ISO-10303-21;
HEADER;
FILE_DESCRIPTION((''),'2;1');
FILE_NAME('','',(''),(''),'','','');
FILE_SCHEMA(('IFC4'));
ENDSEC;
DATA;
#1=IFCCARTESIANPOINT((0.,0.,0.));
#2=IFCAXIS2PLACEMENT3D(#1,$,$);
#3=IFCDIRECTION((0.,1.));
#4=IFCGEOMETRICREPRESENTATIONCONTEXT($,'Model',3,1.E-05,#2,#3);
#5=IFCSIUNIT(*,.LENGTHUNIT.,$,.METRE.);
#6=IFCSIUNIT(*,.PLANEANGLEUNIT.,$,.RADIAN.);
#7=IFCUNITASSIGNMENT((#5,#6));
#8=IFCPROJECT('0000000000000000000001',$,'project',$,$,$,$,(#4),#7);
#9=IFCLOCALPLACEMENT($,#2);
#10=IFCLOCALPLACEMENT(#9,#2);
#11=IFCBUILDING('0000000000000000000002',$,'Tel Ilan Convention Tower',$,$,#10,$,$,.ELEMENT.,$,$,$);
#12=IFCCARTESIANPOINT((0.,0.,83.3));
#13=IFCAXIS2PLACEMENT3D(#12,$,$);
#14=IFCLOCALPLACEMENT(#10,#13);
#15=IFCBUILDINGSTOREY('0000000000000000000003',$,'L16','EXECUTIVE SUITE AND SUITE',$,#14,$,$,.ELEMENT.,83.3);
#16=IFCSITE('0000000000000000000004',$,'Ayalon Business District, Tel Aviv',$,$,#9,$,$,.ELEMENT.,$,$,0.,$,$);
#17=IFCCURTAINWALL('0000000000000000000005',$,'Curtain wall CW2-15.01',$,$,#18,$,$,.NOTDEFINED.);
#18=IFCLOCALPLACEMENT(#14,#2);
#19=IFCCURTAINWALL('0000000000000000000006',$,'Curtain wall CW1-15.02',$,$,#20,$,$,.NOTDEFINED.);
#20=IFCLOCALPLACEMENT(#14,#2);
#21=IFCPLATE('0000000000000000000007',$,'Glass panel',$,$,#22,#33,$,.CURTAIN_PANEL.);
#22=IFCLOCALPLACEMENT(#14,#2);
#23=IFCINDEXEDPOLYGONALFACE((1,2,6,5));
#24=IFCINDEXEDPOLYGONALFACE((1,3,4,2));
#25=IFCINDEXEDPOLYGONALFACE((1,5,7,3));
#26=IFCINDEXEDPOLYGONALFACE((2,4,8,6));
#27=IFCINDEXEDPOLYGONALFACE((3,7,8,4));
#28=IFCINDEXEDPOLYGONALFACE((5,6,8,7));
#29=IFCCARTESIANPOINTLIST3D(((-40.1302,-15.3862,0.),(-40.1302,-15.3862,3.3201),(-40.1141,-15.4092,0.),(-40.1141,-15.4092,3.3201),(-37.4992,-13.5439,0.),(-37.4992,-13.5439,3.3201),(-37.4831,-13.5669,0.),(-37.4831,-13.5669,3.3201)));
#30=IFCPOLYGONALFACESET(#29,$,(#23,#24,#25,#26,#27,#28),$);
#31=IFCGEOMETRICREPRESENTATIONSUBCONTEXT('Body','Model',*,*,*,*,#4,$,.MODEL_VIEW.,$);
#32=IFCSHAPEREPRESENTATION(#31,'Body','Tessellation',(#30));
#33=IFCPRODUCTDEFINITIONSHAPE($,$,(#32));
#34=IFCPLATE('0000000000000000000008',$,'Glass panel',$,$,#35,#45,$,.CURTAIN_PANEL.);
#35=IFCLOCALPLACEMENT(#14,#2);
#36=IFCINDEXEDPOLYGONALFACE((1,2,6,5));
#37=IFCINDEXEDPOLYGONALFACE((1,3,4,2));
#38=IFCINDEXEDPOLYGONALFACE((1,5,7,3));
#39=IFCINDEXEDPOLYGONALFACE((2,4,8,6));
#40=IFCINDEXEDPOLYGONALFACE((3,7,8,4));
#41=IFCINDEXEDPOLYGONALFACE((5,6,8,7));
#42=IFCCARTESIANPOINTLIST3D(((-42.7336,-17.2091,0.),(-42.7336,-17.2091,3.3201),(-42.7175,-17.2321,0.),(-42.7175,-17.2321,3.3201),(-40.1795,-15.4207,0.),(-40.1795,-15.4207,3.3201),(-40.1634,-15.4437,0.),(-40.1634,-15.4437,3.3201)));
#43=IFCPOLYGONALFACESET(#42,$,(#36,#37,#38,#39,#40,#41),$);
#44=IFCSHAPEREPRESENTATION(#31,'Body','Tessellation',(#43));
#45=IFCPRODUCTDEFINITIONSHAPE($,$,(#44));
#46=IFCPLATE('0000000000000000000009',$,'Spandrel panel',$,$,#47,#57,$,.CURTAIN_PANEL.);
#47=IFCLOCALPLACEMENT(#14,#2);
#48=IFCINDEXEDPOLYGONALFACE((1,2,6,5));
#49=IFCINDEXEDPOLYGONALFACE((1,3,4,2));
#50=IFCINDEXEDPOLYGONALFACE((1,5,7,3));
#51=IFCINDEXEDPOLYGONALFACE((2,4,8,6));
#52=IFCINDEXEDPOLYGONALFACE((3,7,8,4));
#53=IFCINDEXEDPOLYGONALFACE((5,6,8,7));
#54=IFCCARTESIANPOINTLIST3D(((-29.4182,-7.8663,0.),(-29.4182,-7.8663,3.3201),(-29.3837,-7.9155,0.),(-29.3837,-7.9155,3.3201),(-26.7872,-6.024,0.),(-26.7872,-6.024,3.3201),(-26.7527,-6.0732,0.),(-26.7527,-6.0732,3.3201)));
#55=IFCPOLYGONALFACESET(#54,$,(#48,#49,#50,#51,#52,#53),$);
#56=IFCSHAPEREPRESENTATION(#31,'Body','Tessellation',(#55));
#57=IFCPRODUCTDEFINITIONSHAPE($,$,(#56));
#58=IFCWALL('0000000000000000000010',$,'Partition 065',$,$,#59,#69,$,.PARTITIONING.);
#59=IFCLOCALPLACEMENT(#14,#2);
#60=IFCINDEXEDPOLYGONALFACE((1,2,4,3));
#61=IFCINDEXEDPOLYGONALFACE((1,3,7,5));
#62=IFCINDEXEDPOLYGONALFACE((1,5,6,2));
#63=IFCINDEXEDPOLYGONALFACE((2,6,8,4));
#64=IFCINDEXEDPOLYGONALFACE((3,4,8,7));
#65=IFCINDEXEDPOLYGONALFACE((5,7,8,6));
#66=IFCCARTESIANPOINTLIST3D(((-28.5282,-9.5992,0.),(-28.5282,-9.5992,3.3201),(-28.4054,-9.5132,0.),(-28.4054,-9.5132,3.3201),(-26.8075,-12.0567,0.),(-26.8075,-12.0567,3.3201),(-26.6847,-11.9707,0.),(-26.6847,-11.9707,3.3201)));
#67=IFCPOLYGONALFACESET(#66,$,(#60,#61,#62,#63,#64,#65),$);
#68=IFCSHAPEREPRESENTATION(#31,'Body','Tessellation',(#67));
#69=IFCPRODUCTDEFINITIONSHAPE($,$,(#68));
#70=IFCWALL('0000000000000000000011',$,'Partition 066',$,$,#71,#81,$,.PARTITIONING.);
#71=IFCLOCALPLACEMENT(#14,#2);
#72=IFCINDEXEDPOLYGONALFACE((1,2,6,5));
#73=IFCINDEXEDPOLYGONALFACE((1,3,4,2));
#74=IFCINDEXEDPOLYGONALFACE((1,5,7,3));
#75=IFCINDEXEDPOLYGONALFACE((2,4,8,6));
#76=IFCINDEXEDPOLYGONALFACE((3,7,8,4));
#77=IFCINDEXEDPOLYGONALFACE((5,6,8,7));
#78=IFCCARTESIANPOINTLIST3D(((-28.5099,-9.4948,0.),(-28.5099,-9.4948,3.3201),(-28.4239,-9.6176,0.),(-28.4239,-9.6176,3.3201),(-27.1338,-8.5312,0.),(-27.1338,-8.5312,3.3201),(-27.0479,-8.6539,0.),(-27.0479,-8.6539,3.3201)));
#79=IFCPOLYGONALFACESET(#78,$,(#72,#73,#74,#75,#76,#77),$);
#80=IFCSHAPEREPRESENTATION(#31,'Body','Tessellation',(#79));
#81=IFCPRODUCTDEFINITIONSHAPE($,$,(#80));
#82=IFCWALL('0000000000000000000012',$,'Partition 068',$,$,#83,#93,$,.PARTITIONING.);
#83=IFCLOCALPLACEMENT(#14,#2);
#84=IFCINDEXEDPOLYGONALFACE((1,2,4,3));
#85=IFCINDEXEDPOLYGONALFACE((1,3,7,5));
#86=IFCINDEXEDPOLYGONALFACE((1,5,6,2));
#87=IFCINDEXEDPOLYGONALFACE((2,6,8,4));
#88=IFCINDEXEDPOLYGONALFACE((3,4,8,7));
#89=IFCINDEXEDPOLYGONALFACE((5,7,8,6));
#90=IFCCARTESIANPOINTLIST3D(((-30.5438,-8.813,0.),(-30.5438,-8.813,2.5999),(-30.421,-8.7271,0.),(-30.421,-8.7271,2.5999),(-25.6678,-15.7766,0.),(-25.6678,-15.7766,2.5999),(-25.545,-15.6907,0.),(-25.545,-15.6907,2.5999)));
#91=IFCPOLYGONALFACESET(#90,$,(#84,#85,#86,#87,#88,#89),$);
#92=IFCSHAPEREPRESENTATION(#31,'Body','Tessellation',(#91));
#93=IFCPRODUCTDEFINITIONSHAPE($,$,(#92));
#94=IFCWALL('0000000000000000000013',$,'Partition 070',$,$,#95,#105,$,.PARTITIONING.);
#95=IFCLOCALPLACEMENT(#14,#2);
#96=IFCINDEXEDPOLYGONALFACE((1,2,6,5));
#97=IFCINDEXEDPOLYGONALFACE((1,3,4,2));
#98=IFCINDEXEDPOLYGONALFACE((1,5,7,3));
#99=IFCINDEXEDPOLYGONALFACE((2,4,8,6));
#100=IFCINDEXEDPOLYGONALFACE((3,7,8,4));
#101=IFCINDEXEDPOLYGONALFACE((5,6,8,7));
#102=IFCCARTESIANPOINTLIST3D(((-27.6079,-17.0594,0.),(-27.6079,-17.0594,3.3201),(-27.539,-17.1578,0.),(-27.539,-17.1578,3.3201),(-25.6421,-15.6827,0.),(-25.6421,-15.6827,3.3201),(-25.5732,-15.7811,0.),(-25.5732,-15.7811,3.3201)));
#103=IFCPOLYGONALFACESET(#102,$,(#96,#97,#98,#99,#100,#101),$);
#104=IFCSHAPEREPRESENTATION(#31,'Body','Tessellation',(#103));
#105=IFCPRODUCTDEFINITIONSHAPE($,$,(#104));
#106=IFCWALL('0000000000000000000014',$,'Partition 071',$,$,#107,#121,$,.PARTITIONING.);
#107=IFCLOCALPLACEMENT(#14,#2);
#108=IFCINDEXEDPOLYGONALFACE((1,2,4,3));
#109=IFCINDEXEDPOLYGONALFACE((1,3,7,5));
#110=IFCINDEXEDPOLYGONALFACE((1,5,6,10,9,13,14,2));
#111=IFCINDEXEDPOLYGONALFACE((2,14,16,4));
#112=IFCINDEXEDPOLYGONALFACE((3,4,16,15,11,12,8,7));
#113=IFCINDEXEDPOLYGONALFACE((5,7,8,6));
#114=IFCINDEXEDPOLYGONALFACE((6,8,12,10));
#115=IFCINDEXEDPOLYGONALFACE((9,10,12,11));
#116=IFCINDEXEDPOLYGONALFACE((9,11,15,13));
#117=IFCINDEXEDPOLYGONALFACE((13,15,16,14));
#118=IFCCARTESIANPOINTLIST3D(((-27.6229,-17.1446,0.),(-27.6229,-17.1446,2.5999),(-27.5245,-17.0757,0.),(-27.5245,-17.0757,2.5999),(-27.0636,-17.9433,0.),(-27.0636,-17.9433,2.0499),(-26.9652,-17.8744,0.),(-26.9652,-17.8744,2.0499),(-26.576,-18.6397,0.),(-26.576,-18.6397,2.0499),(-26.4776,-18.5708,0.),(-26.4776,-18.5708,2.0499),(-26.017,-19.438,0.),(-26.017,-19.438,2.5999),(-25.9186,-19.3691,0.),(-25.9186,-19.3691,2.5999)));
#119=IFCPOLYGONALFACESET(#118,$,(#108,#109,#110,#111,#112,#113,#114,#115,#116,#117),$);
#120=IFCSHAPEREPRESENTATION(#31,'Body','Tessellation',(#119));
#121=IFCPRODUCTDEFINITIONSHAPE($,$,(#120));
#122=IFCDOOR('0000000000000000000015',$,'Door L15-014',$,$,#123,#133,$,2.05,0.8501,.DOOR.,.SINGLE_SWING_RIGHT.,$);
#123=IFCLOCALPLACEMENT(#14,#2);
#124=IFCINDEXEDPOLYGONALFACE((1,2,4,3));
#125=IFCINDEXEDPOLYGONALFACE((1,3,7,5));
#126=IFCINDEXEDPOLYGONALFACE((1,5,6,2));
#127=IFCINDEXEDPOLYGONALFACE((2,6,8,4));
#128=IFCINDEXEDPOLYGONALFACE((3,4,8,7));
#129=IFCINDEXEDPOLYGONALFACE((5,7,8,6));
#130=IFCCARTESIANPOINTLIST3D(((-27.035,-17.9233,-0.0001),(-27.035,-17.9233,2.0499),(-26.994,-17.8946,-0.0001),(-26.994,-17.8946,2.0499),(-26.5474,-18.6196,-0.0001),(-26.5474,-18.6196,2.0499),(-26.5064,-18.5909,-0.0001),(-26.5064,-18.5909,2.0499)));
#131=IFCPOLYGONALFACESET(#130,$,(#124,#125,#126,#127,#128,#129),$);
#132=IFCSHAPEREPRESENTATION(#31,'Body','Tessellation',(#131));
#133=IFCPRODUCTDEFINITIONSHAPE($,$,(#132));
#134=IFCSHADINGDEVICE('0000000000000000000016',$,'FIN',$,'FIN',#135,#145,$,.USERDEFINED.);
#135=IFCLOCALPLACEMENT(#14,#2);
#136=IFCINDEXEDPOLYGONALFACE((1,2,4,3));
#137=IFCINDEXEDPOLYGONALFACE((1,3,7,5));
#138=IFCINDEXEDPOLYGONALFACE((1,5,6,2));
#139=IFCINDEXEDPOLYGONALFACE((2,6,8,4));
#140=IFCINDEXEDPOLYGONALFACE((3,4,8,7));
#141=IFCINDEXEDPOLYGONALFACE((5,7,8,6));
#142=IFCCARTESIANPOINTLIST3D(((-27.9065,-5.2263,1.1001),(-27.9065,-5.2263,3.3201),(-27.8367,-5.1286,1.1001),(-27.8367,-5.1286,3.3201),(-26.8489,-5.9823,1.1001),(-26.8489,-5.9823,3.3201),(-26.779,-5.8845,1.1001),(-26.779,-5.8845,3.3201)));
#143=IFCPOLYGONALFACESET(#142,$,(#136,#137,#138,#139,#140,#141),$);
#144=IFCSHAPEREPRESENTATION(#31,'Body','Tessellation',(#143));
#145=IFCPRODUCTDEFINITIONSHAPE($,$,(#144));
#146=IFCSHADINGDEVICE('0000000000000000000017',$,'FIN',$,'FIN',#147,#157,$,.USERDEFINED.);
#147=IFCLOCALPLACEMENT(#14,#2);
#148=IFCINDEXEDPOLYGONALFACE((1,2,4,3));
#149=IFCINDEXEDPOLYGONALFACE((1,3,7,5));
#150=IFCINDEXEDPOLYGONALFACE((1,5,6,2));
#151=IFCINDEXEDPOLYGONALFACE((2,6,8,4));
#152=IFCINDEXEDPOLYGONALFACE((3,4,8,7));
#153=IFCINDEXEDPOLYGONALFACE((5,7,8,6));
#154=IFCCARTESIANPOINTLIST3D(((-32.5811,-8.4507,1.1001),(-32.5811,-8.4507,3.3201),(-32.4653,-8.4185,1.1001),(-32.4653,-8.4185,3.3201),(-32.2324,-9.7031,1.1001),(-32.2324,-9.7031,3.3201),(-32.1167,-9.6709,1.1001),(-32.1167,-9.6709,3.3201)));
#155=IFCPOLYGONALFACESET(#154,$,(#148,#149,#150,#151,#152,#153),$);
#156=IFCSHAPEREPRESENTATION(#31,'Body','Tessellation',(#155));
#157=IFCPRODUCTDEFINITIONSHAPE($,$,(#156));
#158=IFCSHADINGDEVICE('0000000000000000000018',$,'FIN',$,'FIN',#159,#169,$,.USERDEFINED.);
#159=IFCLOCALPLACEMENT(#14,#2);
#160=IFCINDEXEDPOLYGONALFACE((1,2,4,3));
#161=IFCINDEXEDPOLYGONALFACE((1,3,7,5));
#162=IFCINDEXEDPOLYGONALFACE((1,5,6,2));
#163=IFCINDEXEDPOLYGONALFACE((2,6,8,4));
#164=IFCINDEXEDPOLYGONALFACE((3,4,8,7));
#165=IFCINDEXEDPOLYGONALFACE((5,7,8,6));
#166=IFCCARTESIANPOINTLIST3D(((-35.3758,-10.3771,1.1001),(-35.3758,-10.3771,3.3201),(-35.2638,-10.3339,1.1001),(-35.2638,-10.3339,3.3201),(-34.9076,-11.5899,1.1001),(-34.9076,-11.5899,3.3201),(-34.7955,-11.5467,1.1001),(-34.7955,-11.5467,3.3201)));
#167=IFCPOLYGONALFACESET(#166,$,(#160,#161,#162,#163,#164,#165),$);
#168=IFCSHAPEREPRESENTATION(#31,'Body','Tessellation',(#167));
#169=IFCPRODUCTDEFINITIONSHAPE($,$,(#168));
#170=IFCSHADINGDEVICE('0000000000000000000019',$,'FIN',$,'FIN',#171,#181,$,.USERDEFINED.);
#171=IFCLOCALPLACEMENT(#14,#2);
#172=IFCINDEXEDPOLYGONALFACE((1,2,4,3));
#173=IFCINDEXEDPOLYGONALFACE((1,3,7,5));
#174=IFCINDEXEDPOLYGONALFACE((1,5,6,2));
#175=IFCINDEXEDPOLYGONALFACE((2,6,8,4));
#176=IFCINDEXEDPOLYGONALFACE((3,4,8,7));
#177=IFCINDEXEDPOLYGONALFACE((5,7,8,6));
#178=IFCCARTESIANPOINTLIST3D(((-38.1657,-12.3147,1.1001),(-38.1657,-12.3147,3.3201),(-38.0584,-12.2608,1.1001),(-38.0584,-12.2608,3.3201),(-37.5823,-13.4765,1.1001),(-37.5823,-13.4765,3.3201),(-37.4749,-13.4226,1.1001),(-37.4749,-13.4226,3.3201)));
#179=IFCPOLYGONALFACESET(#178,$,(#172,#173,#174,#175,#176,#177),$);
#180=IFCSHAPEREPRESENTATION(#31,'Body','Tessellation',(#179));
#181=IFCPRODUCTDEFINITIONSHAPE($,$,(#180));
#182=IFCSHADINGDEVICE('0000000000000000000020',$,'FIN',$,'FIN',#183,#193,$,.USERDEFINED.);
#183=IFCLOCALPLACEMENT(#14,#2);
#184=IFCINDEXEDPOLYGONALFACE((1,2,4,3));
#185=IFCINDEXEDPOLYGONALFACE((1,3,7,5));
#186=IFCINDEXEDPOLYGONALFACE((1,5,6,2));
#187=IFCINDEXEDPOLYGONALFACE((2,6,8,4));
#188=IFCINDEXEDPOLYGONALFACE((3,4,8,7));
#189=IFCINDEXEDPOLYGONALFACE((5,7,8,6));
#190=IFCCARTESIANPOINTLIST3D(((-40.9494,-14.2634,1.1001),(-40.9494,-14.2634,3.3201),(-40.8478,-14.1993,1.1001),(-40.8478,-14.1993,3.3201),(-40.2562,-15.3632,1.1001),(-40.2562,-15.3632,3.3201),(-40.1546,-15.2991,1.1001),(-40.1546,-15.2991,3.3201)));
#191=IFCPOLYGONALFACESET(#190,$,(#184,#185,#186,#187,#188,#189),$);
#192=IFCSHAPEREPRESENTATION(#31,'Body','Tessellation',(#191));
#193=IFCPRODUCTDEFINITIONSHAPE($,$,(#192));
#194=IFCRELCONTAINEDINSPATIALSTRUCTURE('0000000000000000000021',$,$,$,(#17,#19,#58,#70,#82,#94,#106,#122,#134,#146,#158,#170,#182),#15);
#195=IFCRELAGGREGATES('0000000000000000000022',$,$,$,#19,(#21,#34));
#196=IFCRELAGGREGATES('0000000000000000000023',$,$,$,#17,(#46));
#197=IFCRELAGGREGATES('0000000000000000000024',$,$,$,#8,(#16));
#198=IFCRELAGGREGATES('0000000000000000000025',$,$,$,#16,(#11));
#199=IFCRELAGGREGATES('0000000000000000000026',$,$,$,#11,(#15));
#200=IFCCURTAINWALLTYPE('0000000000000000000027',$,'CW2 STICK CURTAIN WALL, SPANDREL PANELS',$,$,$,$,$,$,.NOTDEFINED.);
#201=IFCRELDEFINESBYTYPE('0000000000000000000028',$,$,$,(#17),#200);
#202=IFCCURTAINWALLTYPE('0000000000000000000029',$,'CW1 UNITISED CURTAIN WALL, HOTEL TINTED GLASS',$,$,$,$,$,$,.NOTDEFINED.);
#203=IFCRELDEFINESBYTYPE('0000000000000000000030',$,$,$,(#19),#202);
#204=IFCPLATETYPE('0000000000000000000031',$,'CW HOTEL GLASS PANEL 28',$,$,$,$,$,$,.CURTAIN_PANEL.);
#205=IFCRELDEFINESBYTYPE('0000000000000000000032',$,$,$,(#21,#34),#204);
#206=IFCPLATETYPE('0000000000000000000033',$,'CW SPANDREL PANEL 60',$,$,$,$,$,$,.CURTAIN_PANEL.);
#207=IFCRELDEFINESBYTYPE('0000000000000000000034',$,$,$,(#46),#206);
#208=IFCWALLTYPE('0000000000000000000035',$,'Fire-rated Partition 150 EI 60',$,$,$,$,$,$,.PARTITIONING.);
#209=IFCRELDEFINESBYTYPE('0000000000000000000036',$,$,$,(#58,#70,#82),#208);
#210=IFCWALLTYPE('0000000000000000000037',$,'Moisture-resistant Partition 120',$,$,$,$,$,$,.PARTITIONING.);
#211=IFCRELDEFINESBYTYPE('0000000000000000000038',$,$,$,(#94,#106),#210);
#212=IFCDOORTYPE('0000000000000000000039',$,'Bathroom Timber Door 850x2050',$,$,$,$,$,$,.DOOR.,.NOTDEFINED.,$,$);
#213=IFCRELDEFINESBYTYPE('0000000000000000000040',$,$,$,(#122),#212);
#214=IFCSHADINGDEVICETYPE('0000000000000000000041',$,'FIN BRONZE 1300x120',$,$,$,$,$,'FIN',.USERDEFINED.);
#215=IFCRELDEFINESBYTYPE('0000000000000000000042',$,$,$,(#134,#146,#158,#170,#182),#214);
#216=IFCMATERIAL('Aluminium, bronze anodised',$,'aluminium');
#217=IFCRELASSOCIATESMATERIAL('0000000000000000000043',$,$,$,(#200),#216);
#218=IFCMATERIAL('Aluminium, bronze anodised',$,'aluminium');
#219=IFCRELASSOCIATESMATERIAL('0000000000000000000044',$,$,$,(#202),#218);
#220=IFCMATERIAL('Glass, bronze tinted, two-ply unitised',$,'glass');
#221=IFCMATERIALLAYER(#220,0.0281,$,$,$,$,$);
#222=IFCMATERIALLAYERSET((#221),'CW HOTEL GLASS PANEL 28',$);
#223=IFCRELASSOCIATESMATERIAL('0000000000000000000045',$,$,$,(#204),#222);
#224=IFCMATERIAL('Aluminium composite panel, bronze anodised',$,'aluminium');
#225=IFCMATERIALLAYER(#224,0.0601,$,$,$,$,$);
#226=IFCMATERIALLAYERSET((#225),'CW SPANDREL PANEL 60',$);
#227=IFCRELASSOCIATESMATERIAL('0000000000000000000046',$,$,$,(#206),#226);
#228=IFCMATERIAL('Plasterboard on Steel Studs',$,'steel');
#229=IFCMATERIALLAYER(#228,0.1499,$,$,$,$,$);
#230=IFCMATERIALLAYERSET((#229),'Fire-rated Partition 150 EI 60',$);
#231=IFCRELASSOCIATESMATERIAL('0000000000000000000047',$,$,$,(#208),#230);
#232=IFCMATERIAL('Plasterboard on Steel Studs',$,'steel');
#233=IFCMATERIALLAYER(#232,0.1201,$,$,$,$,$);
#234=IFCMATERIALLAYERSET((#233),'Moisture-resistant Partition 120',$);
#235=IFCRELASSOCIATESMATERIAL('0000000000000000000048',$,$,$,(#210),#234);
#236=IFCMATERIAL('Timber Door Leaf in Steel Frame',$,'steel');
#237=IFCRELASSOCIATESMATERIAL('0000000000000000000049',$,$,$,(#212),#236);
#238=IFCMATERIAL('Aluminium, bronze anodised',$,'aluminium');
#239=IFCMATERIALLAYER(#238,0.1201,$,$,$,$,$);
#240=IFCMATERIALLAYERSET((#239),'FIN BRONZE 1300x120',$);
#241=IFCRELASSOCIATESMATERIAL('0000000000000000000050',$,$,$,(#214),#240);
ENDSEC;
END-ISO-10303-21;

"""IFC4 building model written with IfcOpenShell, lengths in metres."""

from ifc_helpers import new_model, si_unit, direction, frame, frame_2d, origin, origin_2d, place, context, subcontext, project, spatial, rectangle, extrude, material, layer, layer_set, type_object, element, fill, aggregate, save


model = new_model("IFC4")

# Units and contexts
model_context = context("Model", 3, precision=1e-05, world=origin(), true_north=direction((0.0, 1.0)))
body_context = subcontext(model_context, "Body", "Model", "MODEL_VIEW")
ifc_project = project(units=[si_unit("LENGTHUNIT", "METRE"), si_unit("PLANEANGLEUNIT", "RADIAN")], contexts=[model_context])

# Site, building, storey
site_placement = place(None, origin())
site = spatial("IfcSite", under=ifc_project, at=site_placement, Name="Ayalon Business District, Tel Aviv", CompositionType="ELEMENT", RefElevation=0.0)
building_placement = place(site_placement, origin())
building = spatial("IfcBuilding", under=site, at=building_placement, Name="Tel Ilan Convention Tower", CompositionType="ELEMENT")
storey_placement = place(building_placement, frame((0.0, 0.0, 83.3)))
storey = spatial("IfcBuildingStorey", under=building, at=storey_placement, Name="L16", Description="EXECUTIVE SUITE AND SUITE", CompositionType="ELEMENT", Elevation=83.3)

# Curtain wall
ifc_material_1 = material(Name="Aluminium, bronze anodised", Category="aluminium")
curtain_wall_type_1 = type_object("IfcCurtainWallType", Name="CW2 STICK CURTAIN WALL, SPANDREL PANELS", PredefinedType="NOTDEFINED", material=ifc_material_1)
curtain_wall_1_placement = place(storey_placement, origin())
curtain_wall_1 = element("IfcCurtainWall", 1, at=curtain_wall_1_placement, inside=storey, type_object=curtain_wall_type_1, Name="Curtain wall CW2-15.01", PredefinedType="NOTDEFINED")

# Curtain wall, plates
ifc_material_2 = material(Name="Aluminium, bronze anodised", Category="aluminium")
curtain_wall_type_2 = type_object("IfcCurtainWallType", Name="CW1 UNITISED CURTAIN WALL, HOTEL TINTED GLASS", PredefinedType="NOTDEFINED", material=ifc_material_2)
curtain_wall_2_placement = place(storey_placement, origin())
curtain_wall_2 = element("IfcCurtainWall", 2, at=curtain_wall_2_placement, inside=storey, type_object=curtain_wall_type_2, Name="Curtain wall CW1-15.02", PredefinedType="NOTDEFINED")
ifc_material_3 = material(Name="Glass, bronze tinted, two-ply unitised", Category="glass")
ifc_layer_1 = layer(ifc_material_3, 0.0281)
ifc_layer_set_1 = layer_set([ifc_layer_1], Name="CW HOTEL GLASS PANEL 28")
plate_type_1 = type_object("IfcPlateType", Name="CW HOTEL GLASS PANEL 28", PredefinedType="CURTAIN_PANEL", material=ifc_layer_set_1)
plate_1_placement = place(storey_placement, frame((-38.8066, -14.4766, 0.0), z_axis=(0.0, 0.0, 1.0), x_axis=(-0.819152, -0.573576, 0.0)))
plate_1 = element("IfcPlate", 3, at=plate_1_placement, type_object=plate_type_1, Name="Glass panel", PredefinedType="CURTAIN_PANEL", context=body_context, shape_type="SweptSolid", body=[
    extrude(rectangle(XDim=3.2119, YDim=0.0281, at=origin_2d()), origin(), (0.0, 0.0, 1.0), 3.3201),
])
plate_2_placement = place(storey_placement, frame((-41.4485, -16.3264, 0.0), z_axis=(0.0, 0.0, 1.0), x_axis=(-0.819152, -0.573576, 0.0)))
plate_2 = element("IfcPlate", 4, at=plate_2_placement, type_object=plate_type_1, Name="Glass panel", PredefinedType="CURTAIN_PANEL", context=body_context, shape_type="SweptSolid", body=[
    extrude(rectangle(XDim=3.1179, YDim=0.0281, at=origin_2d()), origin(), (0.0, 0.0, 1.0), 3.3201),
])
aggregate(curtain_wall_2, [plate_1, plate_2])

# Plate
ifc_material_4 = material(Name="Aluminium composite panel, bronze anodised", Category="aluminium")
ifc_layer_2 = layer(ifc_material_4, 0.0601)
ifc_layer_set_2 = layer_set([ifc_layer_2], Name="CW SPANDREL PANEL 60")
plate_type_2 = type_object("IfcPlateType", Name="CW SPANDREL PANEL 60", PredefinedType="CURTAIN_PANEL", material=ifc_layer_set_2)
plate_3_placement = place(storey_placement, frame((-28.0854, -6.9697, 0.0), z_axis=(0.0, 0.0, 1.0), x_axis=(-0.819152, -0.573576, 0.0)))
plate_3 = element("IfcPlate", 5, at=plate_3_placement, type_object=plate_type_2, Name="Spandrel panel", PredefinedType="CURTAIN_PANEL", context=body_context, shape_type="SweptSolid", body=[
    extrude(rectangle(XDim=3.2119, YDim=0.0601, at=origin_2d()), origin(), (0.0, 0.0, 1.0), 3.3201),
])
aggregate(curtain_wall_1, [plate_3])

# Walls
ifc_material_5 = material(Name="Plasterboard on Steel Studs", Category="steel")
ifc_layer_3 = layer(ifc_material_5, 0.1499)
ifc_layer_set_3 = layer_set([ifc_layer_3], Name="Fire-rated Partition 150 EI 60")
wall_type_1 = type_object("IfcWallType", Name="Fire-rated Partition 150 EI 60", PredefinedType="PARTITIONING", material=ifc_layer_set_3)
wall_1_placement = place(storey_placement, frame((-26.7461, -12.0137, 0.0), z_axis=(0.0, 0.0, 1.0), x_axis=(-0.573561, 0.819163, 0.0)))
element("IfcWall", 6, at=wall_1_placement, inside=storey, type_object=wall_type_1, Name="Partition 065", PredefinedType="PARTITIONING", context=body_context, shape_type="SweptSolid", body=[
    extrude(rectangle(XDim=3.0, YDim=0.1499, at=frame_2d((1.5, 0.0))), origin(), (0.0, 0.0, 1.0), 3.3201),
])
wall_2_placement = place(storey_placement, frame((-28.4668, -9.5562, 0.0), z_axis=(0.0, 0.0, 1.0), x_axis=(0.819109, 0.573638, 0.0)))
element("IfcWall", 7, at=wall_2_placement, inside=storey, type_object=wall_type_1, Name="Partition 066", PredefinedType="PARTITIONING", context=body_context, shape_type="SweptSolid", body=[
    extrude(rectangle(XDim=1.6799, YDim=0.1499, at=frame_2d((0.8398, 0.0))), origin(), (0.0, 0.0, 1.0), 3.3201),
])
wall_3_placement = place(storey_placement, frame((-25.6064, -15.7336, 0.0), z_axis=(0.0, 0.0, 1.0), x_axis=(-0.573576, 0.819152, 0.0)))
element("IfcWall", 8, at=wall_3_placement, inside=storey, type_object=wall_type_1, Name="Partition 068", PredefinedType="PARTITIONING", context=body_context, shape_type="SweptSolid", body=[
    extrude(rectangle(XDim=8.501, YDim=0.1499, at=frame_2d((4.2505, 0.0))), origin(), (0.0, 0.0, 1.0), 2.5999),
])
ifc_material_6 = material(Name="Plasterboard on Steel Studs", Category="steel")
ifc_layer_4 = layer(ifc_material_6, 0.1201)
ifc_layer_set_4 = layer_set([ifc_layer_4], Name="Moisture-resistant Partition 120")
wall_type_2 = type_object("IfcWallType", Name="Moisture-resistant Partition 120", PredefinedType="PARTITIONING", material=ifc_layer_set_4)
wall_4_placement = place(storey_placement, frame((-25.6077, -15.7319, 0.0), z_axis=(0.0, 0.0, 1.0), x_axis=(-0.819108, -0.57364, 0.0)))
element("IfcWall", 9, at=wall_4_placement, inside=storey, type_object=wall_type_2, Name="Partition 070", PredefinedType="PARTITIONING", context=body_context, shape_type="SweptSolid", body=[
    extrude(rectangle(XDim=2.3999, YDim=0.1201, at=frame_2d((1.2, 0.0))), origin(), (0.0, 0.0, 1.0), 3.3201),
])

# Wall, opening, door
wall_5_placement = place(storey_placement, frame((-27.5737, -17.1101, 0.0), z_axis=(0.0, 0.0, 1.0), x_axis=(0.573591, -0.819142, 0.0)))
wall_5 = element("IfcWall", 10, at=wall_5_placement, inside=storey, type_object=wall_type_2, Name="Partition 071", PredefinedType="PARTITIONING", context=body_context, shape_type="SweptSolid", body=[
    extrude(rectangle(XDim=2.7998, YDim=0.1201, at=frame_2d((1.3999, 0.0))), origin(), (0.0, 0.0, 1.0), 2.5999),
])
opening_placement = place(wall_5_placement, frame((0.9751, 0.0, 0.0)))
opening = element("IfcOpeningElement", 11, at=opening_placement, cuts=wall_5, PredefinedType="OPENING", context=body_context, shape_type="SweptSolid", body=[
    extrude(rectangle(XDim=0.8501, YDim=2.05, at=frame_2d((0.425, 1.0249))), frame((0.0, 0.0701, 0.0), z_axis=(0.0, -1.0, 0.0), x_axis=(1.0, 0.0, 0.0)), (0.0, 0.0, 1.0), 0.1401),
])
ifc_material_7 = material(Name="Timber Door Leaf in Steel Frame", Category="steel")
door_type = type_object("IfcDoorType", Name="Bathroom Timber Door 850x2050", OperationType="NOTDEFINED", PredefinedType="DOOR", material=ifc_material_7)
door_placement = place(opening_placement, origin())
door = element("IfcDoor", 12, at=door_placement, inside=storey, type_object=door_type, Name="Door L15-014", OperationType="SINGLE_SWING_RIGHT", OverallHeight=2.05, OverallWidth=0.8501, PredefinedType="DOOR", context=body_context, shape_type="SweptSolid", body=[
    extrude(rectangle(XDim=0.8501, YDim=2.05, at=frame_2d((0.425, 1.0249))), frame((0.0, 0.0249, 0.0), z_axis=(0.0, -1.0, 0.0), x_axis=(1.0, 0.0, 0.0)), (0.0, 0.0, 1.0), 0.05),
])
fill(opening, door)

# Shading devices
ifc_material_8 = material(Name="Aluminium, bronze anodised", Category="aluminium")
ifc_layer_5 = layer(ifc_material_8, 0.1201)
ifc_layer_set_5 = layer_set([ifc_layer_5], Name="FIN BRONZE 1300x120")
shading_device_type = type_object("IfcShadingDeviceType", Name="FIN BRONZE 1300x120", ElementType="FIN", PredefinedType="USERDEFINED", material=ifc_layer_set_5)
for number, where, z_axis, x_axis, name in (
    (13, (-27.3428, -5.5554, 1.1001), (0.0, 0.0, 1.0), (-0.813552, 0.581492, 0.0), "FIN"),
    (14, (-32.3489, -9.0608, 1.1001), (0.0, 0.0, 1.0), (-0.268173, 0.963371, 0.0), "FIN"),
    (15, (-35.0857, -10.9619, 1.1001), (0.0, 0.0, 1.0), (-0.360178, 0.932884, 0.0), "FIN"),
    (16, (-37.8203, -12.8687, 1.1001), (0.0, 0.0, 1.0), (-0.448799, 0.893633, 0.0), "FIN"),
    (17, (-40.552, -14.7812, 1.1001), (0.0, 0.0, 1.0), (-0.533204, 0.845986, 0.0), "FIN"),
):
    element("IfcShadingDevice", number, at=place(storey_placement, frame(where, z_axis=z_axis, x_axis=x_axis)), inside=storey, type_object=shading_device_type, Name=name, ObjectType="FIN", PredefinedType="USERDEFINED", context=body_context, shape_type="SweptSolid", body=[
        extrude(rectangle(XDim=1.3, YDim=0.1201, at=origin_2d()), origin(), (0.0, 0.0, 1.0), 2.22),
    ])

save(model, "model.ifc")
